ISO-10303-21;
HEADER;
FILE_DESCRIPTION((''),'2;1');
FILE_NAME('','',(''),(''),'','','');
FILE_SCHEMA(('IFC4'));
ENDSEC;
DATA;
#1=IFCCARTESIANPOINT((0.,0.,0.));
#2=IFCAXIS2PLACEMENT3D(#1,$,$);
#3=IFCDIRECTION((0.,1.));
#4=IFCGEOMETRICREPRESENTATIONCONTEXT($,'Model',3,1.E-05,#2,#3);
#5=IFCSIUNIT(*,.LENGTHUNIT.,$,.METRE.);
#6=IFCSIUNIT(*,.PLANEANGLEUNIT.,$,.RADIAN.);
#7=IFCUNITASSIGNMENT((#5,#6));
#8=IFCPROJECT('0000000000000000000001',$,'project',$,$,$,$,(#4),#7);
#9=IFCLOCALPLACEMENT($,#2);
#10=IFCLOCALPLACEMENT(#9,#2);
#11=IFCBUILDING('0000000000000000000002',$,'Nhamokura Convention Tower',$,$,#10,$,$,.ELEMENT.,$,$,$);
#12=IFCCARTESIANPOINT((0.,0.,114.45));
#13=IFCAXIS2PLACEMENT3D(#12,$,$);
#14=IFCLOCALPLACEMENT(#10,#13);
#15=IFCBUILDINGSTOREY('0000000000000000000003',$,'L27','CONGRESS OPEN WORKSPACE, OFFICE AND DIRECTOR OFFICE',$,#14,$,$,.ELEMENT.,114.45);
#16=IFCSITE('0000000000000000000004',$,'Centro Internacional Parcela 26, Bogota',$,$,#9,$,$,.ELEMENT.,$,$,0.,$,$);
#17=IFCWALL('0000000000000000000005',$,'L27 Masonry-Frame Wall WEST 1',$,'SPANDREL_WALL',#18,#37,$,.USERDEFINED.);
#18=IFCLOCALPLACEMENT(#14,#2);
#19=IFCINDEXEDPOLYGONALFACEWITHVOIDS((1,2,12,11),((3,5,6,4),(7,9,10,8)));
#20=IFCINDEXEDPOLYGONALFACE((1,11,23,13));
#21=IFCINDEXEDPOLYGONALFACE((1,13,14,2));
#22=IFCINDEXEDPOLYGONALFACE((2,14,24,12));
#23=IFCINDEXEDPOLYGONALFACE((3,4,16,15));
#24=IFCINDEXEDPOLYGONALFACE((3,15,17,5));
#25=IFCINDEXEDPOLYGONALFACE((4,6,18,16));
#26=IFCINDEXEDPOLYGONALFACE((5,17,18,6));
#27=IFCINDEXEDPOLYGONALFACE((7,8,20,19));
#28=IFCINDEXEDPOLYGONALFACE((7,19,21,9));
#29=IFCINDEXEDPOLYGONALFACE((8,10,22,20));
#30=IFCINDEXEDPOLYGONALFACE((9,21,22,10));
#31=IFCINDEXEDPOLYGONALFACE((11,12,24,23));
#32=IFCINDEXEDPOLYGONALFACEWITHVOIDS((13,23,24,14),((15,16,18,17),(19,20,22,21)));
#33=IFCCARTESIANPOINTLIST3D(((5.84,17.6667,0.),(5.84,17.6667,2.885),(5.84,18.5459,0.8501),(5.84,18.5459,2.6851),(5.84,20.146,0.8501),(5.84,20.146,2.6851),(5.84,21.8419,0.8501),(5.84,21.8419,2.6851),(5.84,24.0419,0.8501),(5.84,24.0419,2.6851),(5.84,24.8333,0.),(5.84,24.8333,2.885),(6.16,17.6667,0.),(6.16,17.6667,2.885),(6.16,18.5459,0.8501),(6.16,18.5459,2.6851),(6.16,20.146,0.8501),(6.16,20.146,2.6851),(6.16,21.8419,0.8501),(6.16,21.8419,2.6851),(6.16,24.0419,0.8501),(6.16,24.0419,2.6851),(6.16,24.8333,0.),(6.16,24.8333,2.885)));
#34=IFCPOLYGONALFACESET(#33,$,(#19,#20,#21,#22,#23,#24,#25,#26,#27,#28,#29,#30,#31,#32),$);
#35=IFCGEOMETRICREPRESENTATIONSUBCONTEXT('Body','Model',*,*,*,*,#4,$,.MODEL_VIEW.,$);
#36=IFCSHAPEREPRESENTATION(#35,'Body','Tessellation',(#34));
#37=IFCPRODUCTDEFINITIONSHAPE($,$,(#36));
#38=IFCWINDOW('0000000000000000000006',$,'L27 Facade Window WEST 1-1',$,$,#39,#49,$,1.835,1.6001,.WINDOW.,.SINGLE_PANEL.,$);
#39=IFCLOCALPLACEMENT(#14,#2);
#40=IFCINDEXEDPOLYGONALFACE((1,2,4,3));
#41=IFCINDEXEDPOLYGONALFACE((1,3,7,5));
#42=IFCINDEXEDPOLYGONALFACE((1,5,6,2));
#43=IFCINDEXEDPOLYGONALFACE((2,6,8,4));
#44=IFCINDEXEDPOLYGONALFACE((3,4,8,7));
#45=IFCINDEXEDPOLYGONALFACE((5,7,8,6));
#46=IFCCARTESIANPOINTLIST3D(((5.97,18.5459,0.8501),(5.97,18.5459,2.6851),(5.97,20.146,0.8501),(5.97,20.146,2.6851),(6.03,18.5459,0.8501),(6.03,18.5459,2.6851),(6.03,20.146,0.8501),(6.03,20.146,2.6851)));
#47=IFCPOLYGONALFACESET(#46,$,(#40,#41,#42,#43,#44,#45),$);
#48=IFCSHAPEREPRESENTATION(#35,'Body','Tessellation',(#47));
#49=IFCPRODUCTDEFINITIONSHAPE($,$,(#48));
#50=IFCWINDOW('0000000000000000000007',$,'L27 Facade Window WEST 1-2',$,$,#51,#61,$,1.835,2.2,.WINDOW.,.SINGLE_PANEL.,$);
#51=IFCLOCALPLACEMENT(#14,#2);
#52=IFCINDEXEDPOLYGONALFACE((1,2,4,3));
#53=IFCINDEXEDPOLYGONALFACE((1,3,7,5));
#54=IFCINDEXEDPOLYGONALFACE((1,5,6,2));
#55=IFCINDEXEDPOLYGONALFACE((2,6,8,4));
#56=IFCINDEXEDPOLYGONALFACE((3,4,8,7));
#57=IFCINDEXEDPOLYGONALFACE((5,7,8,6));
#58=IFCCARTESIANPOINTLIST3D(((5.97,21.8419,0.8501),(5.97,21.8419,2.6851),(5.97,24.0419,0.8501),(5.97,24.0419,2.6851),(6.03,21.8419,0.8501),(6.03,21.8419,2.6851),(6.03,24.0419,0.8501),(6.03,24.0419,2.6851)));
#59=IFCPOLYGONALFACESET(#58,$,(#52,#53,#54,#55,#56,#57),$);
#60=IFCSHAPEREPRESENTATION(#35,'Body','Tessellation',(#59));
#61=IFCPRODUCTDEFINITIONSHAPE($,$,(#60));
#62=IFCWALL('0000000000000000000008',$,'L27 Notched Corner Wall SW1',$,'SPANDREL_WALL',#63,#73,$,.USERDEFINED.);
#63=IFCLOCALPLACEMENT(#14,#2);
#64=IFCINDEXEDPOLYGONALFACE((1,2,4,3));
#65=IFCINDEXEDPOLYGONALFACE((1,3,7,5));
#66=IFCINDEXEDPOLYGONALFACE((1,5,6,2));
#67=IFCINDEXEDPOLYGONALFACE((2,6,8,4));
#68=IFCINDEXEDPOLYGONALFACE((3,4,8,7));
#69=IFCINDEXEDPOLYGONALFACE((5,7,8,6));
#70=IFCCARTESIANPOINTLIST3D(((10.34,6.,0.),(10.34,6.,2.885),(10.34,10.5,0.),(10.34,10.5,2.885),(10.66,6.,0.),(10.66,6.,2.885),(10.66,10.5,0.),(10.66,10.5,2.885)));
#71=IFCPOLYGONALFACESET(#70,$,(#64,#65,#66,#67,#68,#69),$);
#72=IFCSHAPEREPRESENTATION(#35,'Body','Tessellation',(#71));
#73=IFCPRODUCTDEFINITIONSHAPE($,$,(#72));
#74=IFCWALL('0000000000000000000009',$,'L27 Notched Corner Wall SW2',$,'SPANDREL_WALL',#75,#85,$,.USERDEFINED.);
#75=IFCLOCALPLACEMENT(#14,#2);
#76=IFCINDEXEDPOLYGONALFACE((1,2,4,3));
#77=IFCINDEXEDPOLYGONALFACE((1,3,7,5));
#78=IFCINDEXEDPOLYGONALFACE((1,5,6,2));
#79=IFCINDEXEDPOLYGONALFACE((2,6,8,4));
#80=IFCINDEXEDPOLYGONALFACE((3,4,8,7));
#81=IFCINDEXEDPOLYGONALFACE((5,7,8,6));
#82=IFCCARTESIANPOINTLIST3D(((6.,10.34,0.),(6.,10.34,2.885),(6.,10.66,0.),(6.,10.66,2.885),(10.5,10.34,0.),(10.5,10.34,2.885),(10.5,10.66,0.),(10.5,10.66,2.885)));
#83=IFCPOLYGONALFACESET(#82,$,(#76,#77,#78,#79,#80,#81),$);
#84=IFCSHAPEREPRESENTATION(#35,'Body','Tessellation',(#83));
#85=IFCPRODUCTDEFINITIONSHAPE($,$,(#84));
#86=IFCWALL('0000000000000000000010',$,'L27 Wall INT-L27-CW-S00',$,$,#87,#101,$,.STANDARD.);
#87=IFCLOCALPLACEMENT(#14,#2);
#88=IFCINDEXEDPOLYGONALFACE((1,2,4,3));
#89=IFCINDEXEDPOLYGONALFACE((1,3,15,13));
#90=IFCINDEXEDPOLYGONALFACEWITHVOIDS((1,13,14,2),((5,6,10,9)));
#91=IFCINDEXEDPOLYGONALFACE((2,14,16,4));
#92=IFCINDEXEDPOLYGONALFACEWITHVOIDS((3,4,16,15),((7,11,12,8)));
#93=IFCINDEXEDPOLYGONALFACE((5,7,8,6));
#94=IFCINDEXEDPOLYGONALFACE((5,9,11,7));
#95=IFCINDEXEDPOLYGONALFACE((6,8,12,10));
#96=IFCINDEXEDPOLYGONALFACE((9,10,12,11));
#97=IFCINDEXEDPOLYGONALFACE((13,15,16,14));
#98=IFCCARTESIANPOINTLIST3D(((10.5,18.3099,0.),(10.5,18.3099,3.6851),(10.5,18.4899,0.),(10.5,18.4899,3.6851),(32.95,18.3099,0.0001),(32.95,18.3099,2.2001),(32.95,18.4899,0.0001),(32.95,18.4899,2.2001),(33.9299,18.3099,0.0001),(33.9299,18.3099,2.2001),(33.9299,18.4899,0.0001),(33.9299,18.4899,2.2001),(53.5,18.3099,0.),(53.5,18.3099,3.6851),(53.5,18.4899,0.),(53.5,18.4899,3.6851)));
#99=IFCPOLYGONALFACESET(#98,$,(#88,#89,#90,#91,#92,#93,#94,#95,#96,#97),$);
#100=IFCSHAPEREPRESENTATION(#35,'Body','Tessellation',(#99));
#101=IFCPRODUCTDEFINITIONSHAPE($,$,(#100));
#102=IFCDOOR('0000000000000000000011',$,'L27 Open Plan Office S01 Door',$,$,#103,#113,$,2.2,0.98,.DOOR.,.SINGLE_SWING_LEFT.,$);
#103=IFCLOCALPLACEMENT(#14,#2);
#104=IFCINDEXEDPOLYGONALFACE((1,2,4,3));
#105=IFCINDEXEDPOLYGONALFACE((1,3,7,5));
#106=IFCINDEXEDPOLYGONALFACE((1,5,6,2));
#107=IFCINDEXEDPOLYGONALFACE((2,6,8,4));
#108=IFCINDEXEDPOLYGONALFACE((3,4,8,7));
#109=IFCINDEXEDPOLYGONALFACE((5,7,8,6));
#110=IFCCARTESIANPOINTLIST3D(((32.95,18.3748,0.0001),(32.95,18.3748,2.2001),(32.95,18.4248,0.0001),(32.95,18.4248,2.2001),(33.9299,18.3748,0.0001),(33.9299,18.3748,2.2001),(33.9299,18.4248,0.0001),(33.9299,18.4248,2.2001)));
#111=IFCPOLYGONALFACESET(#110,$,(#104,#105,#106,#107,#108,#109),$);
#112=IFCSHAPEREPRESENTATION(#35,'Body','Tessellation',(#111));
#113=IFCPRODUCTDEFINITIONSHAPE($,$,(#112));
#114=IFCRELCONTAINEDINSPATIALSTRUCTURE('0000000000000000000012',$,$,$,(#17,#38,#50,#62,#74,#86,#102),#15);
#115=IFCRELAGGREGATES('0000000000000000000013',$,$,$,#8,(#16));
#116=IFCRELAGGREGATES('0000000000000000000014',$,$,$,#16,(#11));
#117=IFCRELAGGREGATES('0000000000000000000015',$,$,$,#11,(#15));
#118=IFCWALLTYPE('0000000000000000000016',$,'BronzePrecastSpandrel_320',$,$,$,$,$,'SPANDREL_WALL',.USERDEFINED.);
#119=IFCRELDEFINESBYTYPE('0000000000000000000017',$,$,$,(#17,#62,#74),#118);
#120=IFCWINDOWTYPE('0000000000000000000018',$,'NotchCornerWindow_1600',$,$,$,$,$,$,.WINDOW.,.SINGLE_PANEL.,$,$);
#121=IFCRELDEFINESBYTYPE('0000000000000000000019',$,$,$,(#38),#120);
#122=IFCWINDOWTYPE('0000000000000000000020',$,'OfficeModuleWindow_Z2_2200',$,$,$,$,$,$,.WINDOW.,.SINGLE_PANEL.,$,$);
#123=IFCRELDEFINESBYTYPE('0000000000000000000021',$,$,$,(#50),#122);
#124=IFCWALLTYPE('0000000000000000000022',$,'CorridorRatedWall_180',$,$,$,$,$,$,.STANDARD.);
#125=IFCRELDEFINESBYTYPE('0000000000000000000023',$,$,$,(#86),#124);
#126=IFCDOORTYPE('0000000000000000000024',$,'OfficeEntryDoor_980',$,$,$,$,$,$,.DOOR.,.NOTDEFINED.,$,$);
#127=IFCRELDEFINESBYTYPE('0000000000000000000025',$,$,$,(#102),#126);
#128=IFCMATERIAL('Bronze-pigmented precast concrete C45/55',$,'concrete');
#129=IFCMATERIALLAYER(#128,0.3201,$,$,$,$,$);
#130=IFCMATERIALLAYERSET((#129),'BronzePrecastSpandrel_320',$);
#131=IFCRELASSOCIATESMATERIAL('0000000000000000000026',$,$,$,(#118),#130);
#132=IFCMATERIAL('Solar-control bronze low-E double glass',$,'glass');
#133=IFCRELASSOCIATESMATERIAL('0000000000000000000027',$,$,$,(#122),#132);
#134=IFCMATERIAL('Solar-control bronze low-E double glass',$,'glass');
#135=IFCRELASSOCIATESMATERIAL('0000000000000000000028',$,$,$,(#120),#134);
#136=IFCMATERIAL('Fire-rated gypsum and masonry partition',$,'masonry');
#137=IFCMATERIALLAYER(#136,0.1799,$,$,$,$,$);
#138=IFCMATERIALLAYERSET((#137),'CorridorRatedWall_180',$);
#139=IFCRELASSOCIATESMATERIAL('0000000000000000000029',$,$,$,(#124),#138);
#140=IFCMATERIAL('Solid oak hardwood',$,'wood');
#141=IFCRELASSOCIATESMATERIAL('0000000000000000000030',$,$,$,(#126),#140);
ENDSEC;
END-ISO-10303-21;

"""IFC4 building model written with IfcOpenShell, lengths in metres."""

from ifc_helpers import new_model, si_unit, direction, frame, frame_2d, origin, place, context, subcontext, project, spatial, rectangle, extrude, material, layer, layer_set, type_object, element, fill, save


model = new_model("IFC4")

# Units and contexts
model_context = context("Model", 3, precision=1e-05, world=origin(), true_north=direction((0.0, 1.0)))
body_context = subcontext(model_context, "Body", "Model", "MODEL_VIEW")
ifc_project = project(units=[si_unit("LENGTHUNIT", "METRE"), si_unit("PLANEANGLEUNIT", "RADIAN")], contexts=[model_context])

# Site, building, storey
site_placement = place(None, origin())
site = spatial("IfcSite", under=ifc_project, at=site_placement, Name="Centro Internacional Parcela 26, Bogota", CompositionType="ELEMENT", RefElevation=0.0)
building_placement = place(site_placement, origin())
building = spatial("IfcBuilding", under=site, at=building_placement, Name="Nhamokura Convention Tower", CompositionType="ELEMENT")
storey_placement = place(building_placement, frame((0.0, 0.0, 114.45)))
storey = spatial("IfcBuildingStorey", under=building, at=storey_placement, Name="L27", Description="CONGRESS OPEN WORKSPACE, OFFICE AND DIRECTOR OFFICE", CompositionType="ELEMENT", Elevation=114.45)

# Shared definitions
ifc_material_1 = material(Name="Bronze-pigmented precast concrete C45/55", Category="concrete")
ifc_layer_1 = layer(ifc_material_1, 0.3201)
ifc_layer_set_1 = layer_set([ifc_layer_1], Name="BronzePrecastSpandrel_320")
wall_type_1 = type_object("IfcWallType", Name="BronzePrecastSpandrel_320", ElementType="SPANDREL_WALL", PredefinedType="USERDEFINED", material=ifc_layer_set_1)

# Shared definitions
ifc_material_2 = material(Name="Solar-control bronze low-E double glass", Category="glass")
window_type_1 = type_object("IfcWindowType", Name="OfficeModuleWindow_Z2_2200", PartitioningType="SINGLE_PANEL", PredefinedType="WINDOW", material=ifc_material_2)

# Wall, openings, windows
wall_1_placement = place(storey_placement, frame((6.0, 17.6667, 0.0), z_axis=(0.0, 0.0, 1.0), x_axis=(0.0, 1.0, 0.0)))
wall_1 = element("IfcWall", 1, at=wall_1_placement, inside=storey, type_object=wall_type_1, Name="L27 Masonry-Frame Wall WEST 1", ObjectType="SPANDREL_WALL", PredefinedType="USERDEFINED", context=body_context, shape_type="SweptSolid", body=[
    extrude(rectangle(XDim=7.1665, YDim=0.3201, at=frame_2d((3.5833, 0.0))), origin(), (0.0, 0.0, 1.0), 2.885),
])
opening_1_placement = place(wall_1_placement, frame((0.8792, 0.0, 0.8501)))
opening_1 = element("IfcOpeningElement", 2, at=opening_1_placement, cuts=wall_1, PredefinedType="OPENING", context=body_context, shape_type="SweptSolid", body=[
    extrude(rectangle(XDim=1.6001, YDim=1.835, at=frame_2d((0.8, 0.9175))), frame((0.0, 0.1699, 0.0), z_axis=(0.0, -1.0, 0.0), x_axis=(1.0, 0.0, 0.0)), (0.0, 0.0, 1.0), 0.3401),
])
opening_2_placement = place(wall_1_placement, frame((4.175, 0.0, 0.8501)))
opening_2 = element("IfcOpeningElement", 3, at=opening_2_placement, cuts=wall_1, PredefinedType="OPENING", context=body_context, shape_type="SweptSolid", body=[
    extrude(rectangle(XDim=2.2, YDim=1.835, at=frame_2d((1.1001, 0.9175))), frame((0.0, 0.1699, 0.0), z_axis=(0.0, -1.0, 0.0), x_axis=(1.0, 0.0, 0.0)), (0.0, 0.0, 1.0), 0.3401),
])
ifc_material_3 = material(Name="Solar-control bronze low-E double glass", Category="glass")
window_type_2 = type_object("IfcWindowType", Name="NotchCornerWindow_1600", PartitioningType="SINGLE_PANEL", PredefinedType="WINDOW", material=ifc_material_3)
window_1_placement = place(opening_1_placement, origin())
window_1 = element("IfcWindow", 4, at=window_1_placement, inside=storey, type_object=window_type_2, Name="L27 Facade Window WEST 1-1", OverallHeight=1.835, OverallWidth=1.6001, PartitioningType="SINGLE_PANEL", PredefinedType="WINDOW", context=body_context, shape_type="SweptSolid", body=[
    extrude(rectangle(XDim=1.6001, YDim=1.835, at=frame_2d((0.8, 0.9175))), frame((0.0, 0.03, 0.0), z_axis=(0.0, -1.0, 0.0), x_axis=(1.0, 0.0, 0.0)), (0.0, 0.0, 1.0), 0.0601),
])
fill(opening_1, window_1)
window_2_placement = place(opening_2_placement, origin())
window_2 = element("IfcWindow", 5, at=window_2_placement, inside=storey, type_object=window_type_1, Name="L27 Facade Window WEST 1-2", OverallHeight=1.835, OverallWidth=2.2, PartitioningType="SINGLE_PANEL", PredefinedType="WINDOW", context=body_context, shape_type="SweptSolid", body=[
    extrude(rectangle(XDim=2.2, YDim=1.835, at=frame_2d((1.1001, 0.9175))), frame((0.0, 0.03, 0.0), z_axis=(0.0, -1.0, 0.0), x_axis=(1.0, 0.0, 0.0)), (0.0, 0.0, 1.0), 0.0601),
])
fill(opening_2, window_2)

# Walls
for number, where, z_axis, x_axis, name in (
    (6, (10.5, 6.0, 0.0), (0.0, 0.0, 1.0), (0.0, 1.0, 0.0), "L27 Notched Corner Wall SW1"),
    (7, (10.5, 10.5, 0.0), (0.0, 0.0, 1.0), (-1.0, 0.0, 0.0), "L27 Notched Corner Wall SW2"),
):
    element("IfcWall", number, at=place(storey_placement, frame(where, z_axis=z_axis, x_axis=x_axis)), inside=storey, type_object=wall_type_1, Name=name, ObjectType="SPANDREL_WALL", PredefinedType="USERDEFINED", context=body_context, shape_type="SweptSolid", body=[
        extrude(rectangle(XDim=4.5, YDim=0.3201, at=frame_2d((2.25, 0.0))), origin(), (0.0, 0.0, 1.0), 2.885),
    ])

# Wall, opening, door
ifc_material_4 = material(Name="Fire-rated gypsum and masonry partition", Category="masonry")
ifc_layer_2 = layer(ifc_material_4, 0.1799)
ifc_layer_set_2 = layer_set([ifc_layer_2], Name="CorridorRatedWall_180")
wall_type_2 = type_object("IfcWallType", Name="CorridorRatedWall_180", PredefinedType="STANDARD", material=ifc_layer_set_2)
wall_2_placement = place(storey_placement, frame((10.5, 18.3999, 0.0), z_axis=(0.0, 0.0, 1.0), x_axis=(1.0, 0.0, 0.0)))
wall_2 = element("IfcWall", 8, at=wall_2_placement, inside=storey, type_object=wall_type_2, Name="L27 Wall INT-L27-CW-S00", PredefinedType="STANDARD", context=body_context, shape_type="SweptSolid", body=[
    extrude(rectangle(XDim=43.0, YDim=0.1799, at=frame_2d((21.5, 0.0))), origin(), (0.0, 0.0, 1.0), 3.6851),
])
opening_3_placement = place(wall_2_placement, frame((22.45, 0.0, 0.0)))
opening_3 = element("IfcOpeningElement", 9, at=opening_3_placement, cuts=wall_2, PredefinedType="OPENING", context=body_context, shape_type="SweptSolid", body=[
    extrude(rectangle(XDim=0.98, YDim=2.2, at=frame_2d((0.49, 1.1001))), frame((0.0, 0.0999, 0.0), z_axis=(0.0, -1.0, 0.0), x_axis=(1.0, 0.0, 0.0)), (0.0, 0.0, 1.0), 0.2),
])
ifc_material_5 = material(Name="Solid oak hardwood", Category="wood")
door_type = type_object("IfcDoorType", Name="OfficeEntryDoor_980", OperationType="NOTDEFINED", PredefinedType="DOOR", material=ifc_material_5)
door_placement = place(opening_3_placement, origin())
door = element("IfcDoor", 10, at=door_placement, inside=storey, type_object=door_type, Name="L27 Open Plan Office S01 Door", OperationType="SINGLE_SWING_LEFT", OverallHeight=2.2, OverallWidth=0.98, PredefinedType="DOOR", context=body_context, shape_type="SweptSolid", body=[
    extrude(rectangle(XDim=0.98, YDim=2.2, at=frame_2d((0.49, 1.1001))), frame((0.0, 0.0249, 0.0), z_axis=(0.0, -1.0, 0.0), x_axis=(1.0, 0.0, 0.0)), (0.0, 0.0, 1.0), 0.05),
])
fill(opening_3, door)

save(model, "model.ifc")
